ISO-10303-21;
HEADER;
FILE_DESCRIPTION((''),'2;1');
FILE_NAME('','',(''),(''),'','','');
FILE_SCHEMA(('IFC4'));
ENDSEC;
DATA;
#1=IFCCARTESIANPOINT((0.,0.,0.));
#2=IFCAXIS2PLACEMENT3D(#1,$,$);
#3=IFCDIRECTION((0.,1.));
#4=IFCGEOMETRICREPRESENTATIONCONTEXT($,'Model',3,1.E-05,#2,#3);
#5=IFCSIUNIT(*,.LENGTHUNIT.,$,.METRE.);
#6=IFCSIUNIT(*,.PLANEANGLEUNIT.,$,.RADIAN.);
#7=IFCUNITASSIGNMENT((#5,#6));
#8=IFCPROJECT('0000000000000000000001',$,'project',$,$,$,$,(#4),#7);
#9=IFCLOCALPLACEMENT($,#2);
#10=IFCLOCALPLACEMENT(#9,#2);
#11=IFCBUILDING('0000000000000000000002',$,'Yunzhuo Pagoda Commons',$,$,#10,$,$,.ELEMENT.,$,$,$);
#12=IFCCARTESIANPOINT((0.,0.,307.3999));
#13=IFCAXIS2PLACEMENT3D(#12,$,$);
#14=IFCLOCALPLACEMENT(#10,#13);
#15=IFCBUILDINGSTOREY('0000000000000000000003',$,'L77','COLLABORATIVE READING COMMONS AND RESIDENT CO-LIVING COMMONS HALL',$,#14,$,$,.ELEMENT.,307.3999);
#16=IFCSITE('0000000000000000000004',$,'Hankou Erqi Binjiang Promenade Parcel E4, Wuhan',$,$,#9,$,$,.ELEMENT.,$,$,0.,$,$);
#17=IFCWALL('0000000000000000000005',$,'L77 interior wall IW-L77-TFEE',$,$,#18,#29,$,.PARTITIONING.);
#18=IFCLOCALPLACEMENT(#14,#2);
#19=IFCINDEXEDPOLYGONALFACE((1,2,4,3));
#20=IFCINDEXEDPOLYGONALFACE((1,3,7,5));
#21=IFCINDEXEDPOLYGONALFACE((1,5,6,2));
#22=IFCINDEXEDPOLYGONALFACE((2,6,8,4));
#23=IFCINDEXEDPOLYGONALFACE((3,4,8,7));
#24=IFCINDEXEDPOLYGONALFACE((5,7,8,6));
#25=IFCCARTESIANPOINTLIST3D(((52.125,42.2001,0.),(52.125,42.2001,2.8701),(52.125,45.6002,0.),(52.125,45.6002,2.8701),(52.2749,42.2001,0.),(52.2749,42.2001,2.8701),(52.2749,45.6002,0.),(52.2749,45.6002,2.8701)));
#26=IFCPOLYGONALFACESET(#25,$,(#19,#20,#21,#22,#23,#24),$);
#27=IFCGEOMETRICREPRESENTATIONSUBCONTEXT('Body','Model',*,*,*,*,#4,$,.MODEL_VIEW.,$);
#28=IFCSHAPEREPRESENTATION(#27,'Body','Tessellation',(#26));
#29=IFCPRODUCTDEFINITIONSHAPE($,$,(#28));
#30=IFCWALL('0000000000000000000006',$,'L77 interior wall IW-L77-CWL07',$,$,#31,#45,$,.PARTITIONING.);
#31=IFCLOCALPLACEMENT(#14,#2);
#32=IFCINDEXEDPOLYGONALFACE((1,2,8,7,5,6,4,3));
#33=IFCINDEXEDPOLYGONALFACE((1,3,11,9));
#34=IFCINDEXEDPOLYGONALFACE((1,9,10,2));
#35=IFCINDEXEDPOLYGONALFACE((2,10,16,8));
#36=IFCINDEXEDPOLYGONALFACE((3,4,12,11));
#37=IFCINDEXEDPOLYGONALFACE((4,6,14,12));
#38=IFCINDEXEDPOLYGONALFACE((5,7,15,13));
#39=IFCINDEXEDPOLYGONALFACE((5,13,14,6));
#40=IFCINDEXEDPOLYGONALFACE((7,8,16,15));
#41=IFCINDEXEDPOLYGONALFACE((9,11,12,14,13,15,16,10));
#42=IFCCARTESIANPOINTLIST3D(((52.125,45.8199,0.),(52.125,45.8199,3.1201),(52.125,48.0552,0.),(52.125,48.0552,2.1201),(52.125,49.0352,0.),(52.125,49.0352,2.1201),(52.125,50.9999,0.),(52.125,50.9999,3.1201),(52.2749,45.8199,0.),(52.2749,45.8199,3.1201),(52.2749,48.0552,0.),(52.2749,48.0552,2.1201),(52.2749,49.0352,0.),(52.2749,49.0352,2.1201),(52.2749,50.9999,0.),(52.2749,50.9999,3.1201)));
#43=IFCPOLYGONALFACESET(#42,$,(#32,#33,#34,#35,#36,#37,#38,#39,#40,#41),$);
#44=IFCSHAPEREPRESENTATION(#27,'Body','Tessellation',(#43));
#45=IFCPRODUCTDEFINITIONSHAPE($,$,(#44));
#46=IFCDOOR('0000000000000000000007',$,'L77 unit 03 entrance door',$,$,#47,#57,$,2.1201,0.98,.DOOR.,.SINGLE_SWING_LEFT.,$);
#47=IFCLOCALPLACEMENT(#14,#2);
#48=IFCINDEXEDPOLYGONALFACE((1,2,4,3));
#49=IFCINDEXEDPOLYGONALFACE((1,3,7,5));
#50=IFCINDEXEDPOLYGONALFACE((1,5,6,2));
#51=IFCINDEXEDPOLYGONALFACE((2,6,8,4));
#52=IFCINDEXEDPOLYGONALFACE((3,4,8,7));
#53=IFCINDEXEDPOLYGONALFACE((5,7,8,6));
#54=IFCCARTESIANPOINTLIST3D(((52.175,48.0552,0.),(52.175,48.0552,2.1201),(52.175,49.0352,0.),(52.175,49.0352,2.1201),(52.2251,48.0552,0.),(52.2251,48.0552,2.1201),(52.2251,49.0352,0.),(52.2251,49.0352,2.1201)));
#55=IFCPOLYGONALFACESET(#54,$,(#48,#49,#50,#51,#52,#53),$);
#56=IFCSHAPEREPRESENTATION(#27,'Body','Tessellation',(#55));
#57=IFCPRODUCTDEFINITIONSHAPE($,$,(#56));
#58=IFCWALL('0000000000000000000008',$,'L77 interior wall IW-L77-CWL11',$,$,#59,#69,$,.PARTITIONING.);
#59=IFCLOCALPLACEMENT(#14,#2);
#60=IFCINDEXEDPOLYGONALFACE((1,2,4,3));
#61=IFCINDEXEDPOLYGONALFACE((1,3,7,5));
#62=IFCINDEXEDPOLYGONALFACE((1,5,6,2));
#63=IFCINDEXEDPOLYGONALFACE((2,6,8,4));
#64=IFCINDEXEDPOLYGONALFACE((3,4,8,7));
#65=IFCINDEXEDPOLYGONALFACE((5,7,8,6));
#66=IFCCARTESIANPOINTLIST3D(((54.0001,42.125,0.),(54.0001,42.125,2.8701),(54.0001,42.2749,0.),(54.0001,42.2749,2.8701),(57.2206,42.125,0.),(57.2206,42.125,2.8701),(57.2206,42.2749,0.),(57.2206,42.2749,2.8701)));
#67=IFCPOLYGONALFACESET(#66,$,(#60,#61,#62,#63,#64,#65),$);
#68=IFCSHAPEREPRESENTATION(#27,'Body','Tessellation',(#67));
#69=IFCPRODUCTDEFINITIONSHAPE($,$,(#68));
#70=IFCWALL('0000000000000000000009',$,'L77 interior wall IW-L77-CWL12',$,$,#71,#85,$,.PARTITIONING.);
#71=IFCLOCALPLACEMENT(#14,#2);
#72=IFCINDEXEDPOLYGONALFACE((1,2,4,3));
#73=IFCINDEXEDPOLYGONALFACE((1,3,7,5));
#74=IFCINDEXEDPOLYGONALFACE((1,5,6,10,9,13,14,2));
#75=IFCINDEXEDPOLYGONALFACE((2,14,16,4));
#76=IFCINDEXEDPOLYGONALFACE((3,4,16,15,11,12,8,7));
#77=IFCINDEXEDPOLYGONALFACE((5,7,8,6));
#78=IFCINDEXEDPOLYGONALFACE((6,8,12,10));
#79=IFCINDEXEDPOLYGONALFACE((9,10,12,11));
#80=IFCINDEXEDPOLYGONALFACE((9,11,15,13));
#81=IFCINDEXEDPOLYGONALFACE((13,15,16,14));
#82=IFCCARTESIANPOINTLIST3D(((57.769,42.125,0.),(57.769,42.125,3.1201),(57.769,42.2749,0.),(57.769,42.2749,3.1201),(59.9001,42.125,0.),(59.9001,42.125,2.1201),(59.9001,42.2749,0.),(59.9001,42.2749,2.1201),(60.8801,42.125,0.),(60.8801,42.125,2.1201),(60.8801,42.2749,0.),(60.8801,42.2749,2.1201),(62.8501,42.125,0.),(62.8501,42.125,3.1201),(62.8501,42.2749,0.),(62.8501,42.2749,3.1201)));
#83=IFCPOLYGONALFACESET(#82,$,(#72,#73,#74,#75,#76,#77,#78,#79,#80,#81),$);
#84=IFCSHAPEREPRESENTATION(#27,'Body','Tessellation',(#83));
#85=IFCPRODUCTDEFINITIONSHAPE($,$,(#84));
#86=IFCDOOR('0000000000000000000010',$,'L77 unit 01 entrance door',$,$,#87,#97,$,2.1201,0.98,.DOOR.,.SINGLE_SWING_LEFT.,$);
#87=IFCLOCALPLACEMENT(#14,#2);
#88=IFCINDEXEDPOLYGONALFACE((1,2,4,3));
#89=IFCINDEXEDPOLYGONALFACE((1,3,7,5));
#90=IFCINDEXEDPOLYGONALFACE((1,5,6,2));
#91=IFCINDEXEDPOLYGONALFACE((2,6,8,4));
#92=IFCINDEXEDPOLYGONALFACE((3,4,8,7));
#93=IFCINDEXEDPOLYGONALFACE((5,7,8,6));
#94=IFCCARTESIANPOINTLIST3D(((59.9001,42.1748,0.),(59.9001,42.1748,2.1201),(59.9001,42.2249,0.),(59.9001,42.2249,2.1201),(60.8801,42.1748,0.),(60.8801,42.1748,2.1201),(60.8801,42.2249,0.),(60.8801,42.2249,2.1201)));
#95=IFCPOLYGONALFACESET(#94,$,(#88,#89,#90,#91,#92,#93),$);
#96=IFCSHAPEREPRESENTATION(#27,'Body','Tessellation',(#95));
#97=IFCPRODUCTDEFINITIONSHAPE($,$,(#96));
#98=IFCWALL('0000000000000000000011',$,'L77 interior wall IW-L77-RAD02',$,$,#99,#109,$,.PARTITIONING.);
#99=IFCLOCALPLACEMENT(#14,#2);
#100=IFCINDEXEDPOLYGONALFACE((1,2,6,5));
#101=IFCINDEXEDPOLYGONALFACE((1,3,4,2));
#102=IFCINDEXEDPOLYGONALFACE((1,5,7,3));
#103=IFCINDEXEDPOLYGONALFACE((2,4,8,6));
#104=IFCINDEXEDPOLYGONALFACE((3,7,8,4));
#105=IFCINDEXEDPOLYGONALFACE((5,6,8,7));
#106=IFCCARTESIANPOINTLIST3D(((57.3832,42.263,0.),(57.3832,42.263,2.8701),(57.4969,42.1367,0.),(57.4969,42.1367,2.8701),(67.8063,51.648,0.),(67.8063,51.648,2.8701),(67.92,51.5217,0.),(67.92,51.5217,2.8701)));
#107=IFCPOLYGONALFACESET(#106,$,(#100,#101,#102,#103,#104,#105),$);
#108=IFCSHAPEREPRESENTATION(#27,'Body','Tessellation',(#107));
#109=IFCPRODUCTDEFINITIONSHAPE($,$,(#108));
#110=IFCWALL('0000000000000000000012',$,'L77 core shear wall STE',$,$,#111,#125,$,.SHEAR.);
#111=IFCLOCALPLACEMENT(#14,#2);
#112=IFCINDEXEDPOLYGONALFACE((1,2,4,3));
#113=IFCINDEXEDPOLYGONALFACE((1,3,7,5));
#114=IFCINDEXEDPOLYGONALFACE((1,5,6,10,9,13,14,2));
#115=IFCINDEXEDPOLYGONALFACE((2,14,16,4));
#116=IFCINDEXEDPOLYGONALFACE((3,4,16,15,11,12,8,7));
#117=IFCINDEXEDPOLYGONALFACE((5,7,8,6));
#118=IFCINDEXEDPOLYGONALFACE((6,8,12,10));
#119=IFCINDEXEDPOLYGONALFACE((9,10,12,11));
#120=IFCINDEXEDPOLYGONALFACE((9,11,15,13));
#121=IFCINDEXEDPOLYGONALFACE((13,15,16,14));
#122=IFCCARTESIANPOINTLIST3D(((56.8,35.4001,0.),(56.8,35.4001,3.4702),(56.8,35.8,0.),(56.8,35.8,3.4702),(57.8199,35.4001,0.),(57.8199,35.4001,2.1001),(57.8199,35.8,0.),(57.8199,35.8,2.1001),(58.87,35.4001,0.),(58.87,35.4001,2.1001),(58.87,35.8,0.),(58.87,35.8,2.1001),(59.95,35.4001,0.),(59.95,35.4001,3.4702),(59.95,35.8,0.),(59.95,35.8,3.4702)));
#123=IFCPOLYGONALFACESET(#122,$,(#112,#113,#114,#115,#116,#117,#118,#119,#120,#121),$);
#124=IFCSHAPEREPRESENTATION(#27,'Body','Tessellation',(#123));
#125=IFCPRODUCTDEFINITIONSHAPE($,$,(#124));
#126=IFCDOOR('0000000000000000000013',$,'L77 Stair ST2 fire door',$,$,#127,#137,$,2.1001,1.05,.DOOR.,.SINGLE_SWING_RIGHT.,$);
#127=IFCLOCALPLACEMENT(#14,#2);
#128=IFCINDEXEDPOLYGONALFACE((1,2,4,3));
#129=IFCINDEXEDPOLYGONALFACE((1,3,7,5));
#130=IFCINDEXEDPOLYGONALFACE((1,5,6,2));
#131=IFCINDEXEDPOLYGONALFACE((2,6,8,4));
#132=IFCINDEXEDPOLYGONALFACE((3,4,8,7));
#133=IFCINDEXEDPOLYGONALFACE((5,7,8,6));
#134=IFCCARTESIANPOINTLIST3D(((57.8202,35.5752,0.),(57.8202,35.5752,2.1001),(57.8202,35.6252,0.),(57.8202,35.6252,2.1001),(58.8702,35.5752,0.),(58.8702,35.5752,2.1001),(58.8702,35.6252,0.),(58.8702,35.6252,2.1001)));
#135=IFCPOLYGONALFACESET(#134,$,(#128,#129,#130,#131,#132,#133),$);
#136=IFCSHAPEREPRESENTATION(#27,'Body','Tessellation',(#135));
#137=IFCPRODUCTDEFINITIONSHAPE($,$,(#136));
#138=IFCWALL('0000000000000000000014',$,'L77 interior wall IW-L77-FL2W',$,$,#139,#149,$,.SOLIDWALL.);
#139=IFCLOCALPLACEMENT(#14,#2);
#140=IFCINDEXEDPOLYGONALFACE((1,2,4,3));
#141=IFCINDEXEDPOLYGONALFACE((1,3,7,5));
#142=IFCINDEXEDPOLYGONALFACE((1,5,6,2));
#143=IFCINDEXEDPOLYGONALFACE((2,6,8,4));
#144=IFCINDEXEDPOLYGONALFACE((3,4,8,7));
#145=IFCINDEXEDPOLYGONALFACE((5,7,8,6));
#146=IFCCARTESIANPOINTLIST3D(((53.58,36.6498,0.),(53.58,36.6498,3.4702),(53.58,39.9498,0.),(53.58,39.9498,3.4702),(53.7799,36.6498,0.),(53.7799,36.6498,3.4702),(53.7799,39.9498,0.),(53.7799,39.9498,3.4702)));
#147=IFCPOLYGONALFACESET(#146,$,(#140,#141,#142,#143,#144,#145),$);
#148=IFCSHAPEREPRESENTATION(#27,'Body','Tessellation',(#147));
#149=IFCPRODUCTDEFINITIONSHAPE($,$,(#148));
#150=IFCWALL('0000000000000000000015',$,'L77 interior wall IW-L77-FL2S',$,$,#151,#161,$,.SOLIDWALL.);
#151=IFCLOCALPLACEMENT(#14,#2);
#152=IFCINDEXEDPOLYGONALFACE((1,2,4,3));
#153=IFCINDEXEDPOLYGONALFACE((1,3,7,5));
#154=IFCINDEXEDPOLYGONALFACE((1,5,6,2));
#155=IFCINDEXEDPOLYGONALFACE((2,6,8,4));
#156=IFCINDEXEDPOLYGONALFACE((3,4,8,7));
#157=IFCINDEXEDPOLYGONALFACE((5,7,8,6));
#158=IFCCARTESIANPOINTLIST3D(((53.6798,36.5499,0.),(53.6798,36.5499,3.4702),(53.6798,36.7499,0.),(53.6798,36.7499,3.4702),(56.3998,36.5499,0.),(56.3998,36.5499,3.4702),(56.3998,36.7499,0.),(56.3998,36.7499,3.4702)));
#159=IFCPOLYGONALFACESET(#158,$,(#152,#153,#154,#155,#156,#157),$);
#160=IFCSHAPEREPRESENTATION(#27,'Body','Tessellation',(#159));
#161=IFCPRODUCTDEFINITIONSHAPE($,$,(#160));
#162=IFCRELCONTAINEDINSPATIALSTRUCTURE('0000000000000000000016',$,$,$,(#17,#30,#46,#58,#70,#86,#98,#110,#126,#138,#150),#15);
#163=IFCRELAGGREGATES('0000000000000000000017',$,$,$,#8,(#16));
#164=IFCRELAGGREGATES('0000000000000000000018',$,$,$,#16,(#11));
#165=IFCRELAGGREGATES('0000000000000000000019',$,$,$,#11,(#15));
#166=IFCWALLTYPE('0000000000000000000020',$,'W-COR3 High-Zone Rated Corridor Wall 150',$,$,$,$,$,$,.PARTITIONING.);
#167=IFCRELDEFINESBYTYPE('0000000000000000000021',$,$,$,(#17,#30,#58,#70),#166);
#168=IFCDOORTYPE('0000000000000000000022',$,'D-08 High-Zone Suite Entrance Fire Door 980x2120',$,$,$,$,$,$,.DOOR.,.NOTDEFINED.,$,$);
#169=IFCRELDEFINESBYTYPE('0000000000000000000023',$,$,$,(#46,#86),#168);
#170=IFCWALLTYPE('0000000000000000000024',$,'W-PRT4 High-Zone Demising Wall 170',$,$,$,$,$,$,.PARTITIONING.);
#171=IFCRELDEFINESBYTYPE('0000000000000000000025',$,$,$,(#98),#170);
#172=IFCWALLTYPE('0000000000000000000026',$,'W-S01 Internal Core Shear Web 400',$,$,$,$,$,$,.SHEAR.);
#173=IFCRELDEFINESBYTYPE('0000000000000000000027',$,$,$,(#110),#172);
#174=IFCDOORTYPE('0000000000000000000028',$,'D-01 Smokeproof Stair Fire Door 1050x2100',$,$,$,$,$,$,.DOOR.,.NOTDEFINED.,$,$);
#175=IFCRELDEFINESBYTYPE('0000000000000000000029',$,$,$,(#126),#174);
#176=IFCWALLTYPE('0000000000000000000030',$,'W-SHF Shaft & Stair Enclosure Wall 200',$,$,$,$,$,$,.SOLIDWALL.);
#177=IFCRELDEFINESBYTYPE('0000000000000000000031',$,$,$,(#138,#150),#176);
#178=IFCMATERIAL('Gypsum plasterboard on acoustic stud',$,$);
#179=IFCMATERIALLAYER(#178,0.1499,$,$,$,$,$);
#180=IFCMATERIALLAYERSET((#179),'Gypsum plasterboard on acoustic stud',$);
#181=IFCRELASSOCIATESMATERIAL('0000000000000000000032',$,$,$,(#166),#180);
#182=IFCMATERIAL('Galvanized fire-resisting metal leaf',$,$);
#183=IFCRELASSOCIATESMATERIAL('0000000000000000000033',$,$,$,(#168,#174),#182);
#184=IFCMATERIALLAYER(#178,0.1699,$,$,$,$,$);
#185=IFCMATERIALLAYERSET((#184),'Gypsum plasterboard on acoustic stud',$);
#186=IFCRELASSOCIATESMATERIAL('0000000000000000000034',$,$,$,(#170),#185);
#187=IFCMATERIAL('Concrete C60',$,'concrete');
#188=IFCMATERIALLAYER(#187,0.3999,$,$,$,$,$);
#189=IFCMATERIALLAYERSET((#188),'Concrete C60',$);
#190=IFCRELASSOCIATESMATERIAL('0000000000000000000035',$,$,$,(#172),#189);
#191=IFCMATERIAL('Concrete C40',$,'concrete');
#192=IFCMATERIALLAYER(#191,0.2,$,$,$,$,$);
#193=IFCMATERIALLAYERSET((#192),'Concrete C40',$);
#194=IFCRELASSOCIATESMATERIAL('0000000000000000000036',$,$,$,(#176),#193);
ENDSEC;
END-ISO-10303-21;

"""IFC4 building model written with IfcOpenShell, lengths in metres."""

from ifc_helpers import new_model, si_unit, direction, frame, frame_2d, origin, origin_with_axes, place, context, subcontext, project, spatial, rectangle, extrude, source, transform, mapped, material, layer, layer_set, type_object, element, fill, save


model = new_model("IFC4")

# Units and contexts
model_context = context("Model", 3, precision=1e-05, world=origin(), true_north=direction((0.0, 1.0)))
body_context = subcontext(model_context, "Body", "Model", "MODEL_VIEW")
ifc_project = project(units=[si_unit("LENGTHUNIT", "METRE"), si_unit("PLANEANGLEUNIT", "RADIAN")], contexts=[model_context])

# Site, building, storey
site_placement = place(None, origin())
site = spatial("IfcSite", under=ifc_project, at=site_placement, Name="Hankou Erqi Binjiang Promenade Parcel E4, Wuhan", CompositionType="ELEMENT", RefElevation=0.0)
building_placement = place(site_placement, origin())
building = spatial("IfcBuilding", under=site, at=building_placement, Name="Yunzhuo Pagoda Commons", CompositionType="ELEMENT")
storey_placement = place(building_placement, frame((0.0, 0.0, 307.3999)))
storey = spatial("IfcBuildingStorey", under=building, at=storey_placement, Name="L77", Description="COLLABORATIVE READING COMMONS AND RESIDENT CO-LIVING COMMONS HALL", CompositionType="ELEMENT", Elevation=307.3999)

# Shared definitions
ifc_material_1 = material(Name="Galvanized fire-resisting metal leaf")
shared_shape_1 = source(origin(), body_context, "Body", "SweptSolid", [
    extrude(rectangle(XDim=1.05, YDim=2.1001, at=frame_2d((0.5249, 1.05))), frame((0.0, 0.0249, 0.0), z_axis=(0.0, -1.0, 0.0), x_axis=(1.0, 0.0, 0.0)), (0.0, 0.0, 1.0), 0.05),
])
ifc_material_2 = material(Name="Gypsum plasterboard on acoustic stud")
ifc_layer_1 = layer(ifc_material_2, 0.1499)
ifc_layer_set_1 = layer_set([ifc_layer_1], Name="Gypsum plasterboard on acoustic stud")
wall_type_1 = type_object("IfcWallType", Name="W-COR3 High-Zone Rated Corridor Wall 150", PredefinedType="PARTITIONING", material=ifc_layer_set_1)

# Wall
wall_1_placement = place(storey_placement, frame((52.2, 42.2, 0.0), z_axis=(0.0, 0.0, 1.0), x_axis=(0.0, 1.0, 0.0)))
element("IfcWall", 1, at=wall_1_placement, inside=storey, type_object=wall_type_1, Name="L77 interior wall IW-L77-TFEE", PredefinedType="PARTITIONING", context=body_context, shape_type="SweptSolid", body=[
    extrude(rectangle(XDim=3.4001, YDim=0.1499, at=frame_2d((1.7002, 0.0))), origin(), (0.0, 0.0, 1.0), 2.8701),
])

# Wall, opening, door
wall_2_placement = place(storey_placement, frame((52.2, 45.8201, 0.0), z_axis=(0.0, 0.0, 1.0), x_axis=(0.0, 1.0, 0.0)))
wall_2 = element("IfcWall", 2, at=wall_2_placement, inside=storey, type_object=wall_type_1, Name="L77 interior wall IW-L77-CWL07", PredefinedType="PARTITIONING", context=body_context, shape_type="SweptSolid", body=[
    extrude(rectangle(XDim=5.1799, YDim=0.1499, at=frame_2d((2.5898, 0.0))), origin(), (0.0, 0.0, 1.0), 3.1201),
])
opening_1_placement = place(wall_2_placement, frame((2.2351, 0.0, 0.0)))
opening_1 = element("IfcOpeningElement", 3, at=opening_1_placement, cuts=wall_2, PredefinedType="OPENING", context=body_context, shape_type="SweptSolid", body=[
    extrude(rectangle(XDim=0.98, YDim=2.1201, at=frame_2d((0.49, 1.0601))), frame((0.0, 0.085, 0.0), z_axis=(0.0, -1.0, 0.0), x_axis=(1.0, 0.0, 0.0)), (0.0, 0.0, 1.0), 0.1699),
])
door_type_1 = type_object("IfcDoorType", Name="D-08 High-Zone Suite Entrance Fire Door 980x2120", OperationType="NOTDEFINED", PredefinedType="DOOR", material=ifc_material_1)
shared_shape_2 = source(origin(), body_context, "Body", "SweptSolid", [
    extrude(rectangle(XDim=0.98, YDim=2.1201, at=frame_2d((0.49, 1.0601))), frame((0.0, 0.0249, 0.0), z_axis=(0.0, -1.0, 0.0), x_axis=(1.0, 0.0, 0.0)), (0.0, 0.0, 1.0), 0.05),
])
door_1_placement = place(opening_1_placement, origin_with_axes())
door_1 = element("IfcDoor", 4, at=door_1_placement, inside=storey, type_object=door_type_1, Name="L77 unit 03 entrance door", OperationType="SINGLE_SWING_LEFT", OverallHeight=2.1201, OverallWidth=0.98, PredefinedType="DOOR", context=body_context, shape_type="MappedRepresentation", body=[
    mapped(shared_shape_2, transform((0.0, 0.0, 0.0), scale=1.0)),
])
fill(opening_1, door_1)

# Wall
wall_3_placement = place(storey_placement, frame((54.0, 42.2, 0.0), z_axis=(0.0, 0.0, 1.0), x_axis=(1.0, 0.0, 0.0)))
element("IfcWall", 5, at=wall_3_placement, inside=storey, type_object=wall_type_1, Name="L77 interior wall IW-L77-CWL11", PredefinedType="PARTITIONING", context=body_context, shape_type="SweptSolid", body=[
    extrude(rectangle(XDim=3.2205, YDim=0.1499, at=frame_2d((1.6104, 0.0))), origin(), (0.0, 0.0, 1.0), 2.8701),
])

# Wall, opening, door
wall_4_placement = place(storey_placement, frame((57.769, 42.2, 0.0), z_axis=(0.0, 0.0, 1.0), x_axis=(1.0, 0.0, 0.0)))
wall_4 = element("IfcWall", 6, at=wall_4_placement, inside=storey, type_object=wall_type_1, Name="L77 interior wall IW-L77-CWL12", PredefinedType="PARTITIONING", context=body_context, shape_type="SweptSolid", body=[
    extrude(rectangle(XDim=5.0811, YDim=0.1499, at=frame_2d((2.5405, 0.0))), origin(), (0.0, 0.0, 1.0), 3.1201),
])
opening_2_placement = place(wall_4_placement, frame((2.1311, 0.0, 0.0)))
opening_2 = element("IfcOpeningElement", 7, at=opening_2_placement, cuts=wall_4, PredefinedType="OPENING", context=body_context, shape_type="SweptSolid", body=[
    extrude(rectangle(XDim=0.98, YDim=2.1201, at=frame_2d((0.49, 1.0601))), frame((0.0, 0.085, 0.0), z_axis=(0.0, -1.0, 0.0), x_axis=(1.0, 0.0, 0.0)), (0.0, 0.0, 1.0), 0.1699),
])
door_2_placement = place(opening_2_placement, origin_with_axes())
door_2 = element("IfcDoor", 8, at=door_2_placement, inside=storey, type_object=door_type_1, Name="L77 unit 01 entrance door", OperationType="SINGLE_SWING_LEFT", OverallHeight=2.1201, OverallWidth=0.98, PredefinedType="DOOR", context=body_context, shape_type="MappedRepresentation", body=[
    mapped(shared_shape_2, transform((0.0, 0.0, 0.0), scale=1.0)),
])
fill(opening_2, door_2)

# Wall
ifc_layer_2 = layer(ifc_material_2, 0.1699)
ifc_layer_set_2 = layer_set([ifc_layer_2], Name="Gypsum plasterboard on acoustic stud")
wall_type_2 = type_object("IfcWallType", Name="W-PRT4 High-Zone Demising Wall 170", PredefinedType="PARTITIONING", material=ifc_layer_set_2)
wall_5_placement = place(storey_placement, frame((57.4402, 42.2, 0.0), z_axis=(0.0, 0.0, 1.0), x_axis=(0.743144, 0.669131, 0.0)))
element("IfcWall", 9, at=wall_5_placement, inside=storey, type_object=wall_type_2, Name="L77 interior wall IW-L77-RAD02", PredefinedType="PARTITIONING", context=body_context, shape_type="SweptSolid", body=[
    extrude(rectangle(XDim=14.0256, YDim=0.1699, at=frame_2d((7.0127, 0.0))), origin(), (0.0, 0.0, 1.0), 2.8701),
])

# Wall, opening, door
ifc_material_3 = material(Name="Concrete C60", Category="concrete")
ifc_layer_3 = layer(ifc_material_3, 0.3999)
ifc_layer_set_3 = layer_set([ifc_layer_3], Name="Concrete C60")
wall_type_3 = type_object("IfcWallType", Name="W-S01 Internal Core Shear Web 400", PredefinedType="SHEAR", material=ifc_layer_set_3)
wall_6_placement = place(storey_placement, frame((56.8, 35.6001, 0.0), z_axis=(0.0, 0.0, 1.0), x_axis=(1.0, 0.0, 0.0)))
wall_6 = element("IfcWall", 10, at=wall_6_placement, inside=storey, type_object=wall_type_3, Name="L77 core shear wall STE", PredefinedType="SHEAR", context=body_context, shape_type="SweptSolid", body=[
    extrude(rectangle(XDim=3.1499, YDim=0.3999, at=frame_2d((1.575, 0.0))), origin(), (0.0, 0.0, 1.0), 3.4702),
])
opening_3_placement = place(wall_6_placement, frame((1.02, 0.0, 0.0)))
opening_3 = element("IfcOpeningElement", 11, at=opening_3_placement, cuts=wall_6, PredefinedType="OPENING", context=body_context, shape_type="SweptSolid", body=[
    extrude(rectangle(XDim=1.05, YDim=2.1001, at=frame_2d((0.5249, 1.05))), frame((0.0, 0.21, 0.0), z_axis=(0.0, -1.0, 0.0), x_axis=(1.0, 0.0, 0.0)), (0.0, 0.0, 1.0), 0.4199),
])
door_type_2 = type_object("IfcDoorType", Name="D-01 Smokeproof Stair Fire Door 1050x2100", OperationType="NOTDEFINED", PredefinedType="DOOR", material=ifc_material_1)
door_3_placement = place(opening_3_placement, frame((1.05, 0.0, 0.0), z_axis=(0.0, 0.0, 1.0), x_axis=(-1.0, 0.0, 0.0)))
door_3 = element("IfcDoor", 12, at=door_3_placement, inside=storey, type_object=door_type_2, Name="L77 Stair ST2 fire door", OperationType="SINGLE_SWING_RIGHT", OverallHeight=2.1001, OverallWidth=1.05, PredefinedType="DOOR", context=body_context, shape_type="MappedRepresentation", body=[
    mapped(shared_shape_1, transform((0.0, 0.0, 0.0), scale=1.0)),
])
fill(opening_3, door_3)

# Walls
ifc_material_4 = material(Name="Concrete C40", Category="concrete")
ifc_layer_4 = layer(ifc_material_4, 0.2)
ifc_layer_set_4 = layer_set([ifc_layer_4], Name="Concrete C40")
wall_type_4 = type_object("IfcWallType", Name="W-SHF Shaft & Stair Enclosure Wall 200", PredefinedType="SOLIDWALL", material=ifc_layer_set_4)
wall_7_placement = place(storey_placement, frame((53.6799, 36.6499, 0.0), z_axis=(0.0, 0.0, 1.0), x_axis=(0.0, 1.0, 0.0)))
element("IfcWall", 13, at=wall_7_placement, inside=storey, type_object=wall_type_4, Name="L77 interior wall IW-L77-FL2W", PredefinedType="SOLIDWALL", context=body_context, shape_type="SweptSolid", body=[
    extrude(rectangle(XDim=3.3, YDim=0.2, at=frame_2d((1.6499, 0.0))), origin(), (0.0, 0.0, 1.0), 3.4702),
])
wall_8_placement = place(storey_placement, frame((53.6799, 36.6499, 0.0), z_axis=(0.0, 0.0, 1.0), x_axis=(1.0, 0.0, 0.0)))
element("IfcWall", 14, at=wall_8_placement, inside=storey, type_object=wall_type_4, Name="L77 interior wall IW-L77-FL2S", PredefinedType="SOLIDWALL", context=body_context, shape_type="SweptSolid", body=[
    extrude(rectangle(XDim=2.72, YDim=0.2, at=frame_2d((1.3599, 0.0))), origin(), (0.0, 0.0, 1.0), 3.4702),
])

save(model, "model.ifc")
